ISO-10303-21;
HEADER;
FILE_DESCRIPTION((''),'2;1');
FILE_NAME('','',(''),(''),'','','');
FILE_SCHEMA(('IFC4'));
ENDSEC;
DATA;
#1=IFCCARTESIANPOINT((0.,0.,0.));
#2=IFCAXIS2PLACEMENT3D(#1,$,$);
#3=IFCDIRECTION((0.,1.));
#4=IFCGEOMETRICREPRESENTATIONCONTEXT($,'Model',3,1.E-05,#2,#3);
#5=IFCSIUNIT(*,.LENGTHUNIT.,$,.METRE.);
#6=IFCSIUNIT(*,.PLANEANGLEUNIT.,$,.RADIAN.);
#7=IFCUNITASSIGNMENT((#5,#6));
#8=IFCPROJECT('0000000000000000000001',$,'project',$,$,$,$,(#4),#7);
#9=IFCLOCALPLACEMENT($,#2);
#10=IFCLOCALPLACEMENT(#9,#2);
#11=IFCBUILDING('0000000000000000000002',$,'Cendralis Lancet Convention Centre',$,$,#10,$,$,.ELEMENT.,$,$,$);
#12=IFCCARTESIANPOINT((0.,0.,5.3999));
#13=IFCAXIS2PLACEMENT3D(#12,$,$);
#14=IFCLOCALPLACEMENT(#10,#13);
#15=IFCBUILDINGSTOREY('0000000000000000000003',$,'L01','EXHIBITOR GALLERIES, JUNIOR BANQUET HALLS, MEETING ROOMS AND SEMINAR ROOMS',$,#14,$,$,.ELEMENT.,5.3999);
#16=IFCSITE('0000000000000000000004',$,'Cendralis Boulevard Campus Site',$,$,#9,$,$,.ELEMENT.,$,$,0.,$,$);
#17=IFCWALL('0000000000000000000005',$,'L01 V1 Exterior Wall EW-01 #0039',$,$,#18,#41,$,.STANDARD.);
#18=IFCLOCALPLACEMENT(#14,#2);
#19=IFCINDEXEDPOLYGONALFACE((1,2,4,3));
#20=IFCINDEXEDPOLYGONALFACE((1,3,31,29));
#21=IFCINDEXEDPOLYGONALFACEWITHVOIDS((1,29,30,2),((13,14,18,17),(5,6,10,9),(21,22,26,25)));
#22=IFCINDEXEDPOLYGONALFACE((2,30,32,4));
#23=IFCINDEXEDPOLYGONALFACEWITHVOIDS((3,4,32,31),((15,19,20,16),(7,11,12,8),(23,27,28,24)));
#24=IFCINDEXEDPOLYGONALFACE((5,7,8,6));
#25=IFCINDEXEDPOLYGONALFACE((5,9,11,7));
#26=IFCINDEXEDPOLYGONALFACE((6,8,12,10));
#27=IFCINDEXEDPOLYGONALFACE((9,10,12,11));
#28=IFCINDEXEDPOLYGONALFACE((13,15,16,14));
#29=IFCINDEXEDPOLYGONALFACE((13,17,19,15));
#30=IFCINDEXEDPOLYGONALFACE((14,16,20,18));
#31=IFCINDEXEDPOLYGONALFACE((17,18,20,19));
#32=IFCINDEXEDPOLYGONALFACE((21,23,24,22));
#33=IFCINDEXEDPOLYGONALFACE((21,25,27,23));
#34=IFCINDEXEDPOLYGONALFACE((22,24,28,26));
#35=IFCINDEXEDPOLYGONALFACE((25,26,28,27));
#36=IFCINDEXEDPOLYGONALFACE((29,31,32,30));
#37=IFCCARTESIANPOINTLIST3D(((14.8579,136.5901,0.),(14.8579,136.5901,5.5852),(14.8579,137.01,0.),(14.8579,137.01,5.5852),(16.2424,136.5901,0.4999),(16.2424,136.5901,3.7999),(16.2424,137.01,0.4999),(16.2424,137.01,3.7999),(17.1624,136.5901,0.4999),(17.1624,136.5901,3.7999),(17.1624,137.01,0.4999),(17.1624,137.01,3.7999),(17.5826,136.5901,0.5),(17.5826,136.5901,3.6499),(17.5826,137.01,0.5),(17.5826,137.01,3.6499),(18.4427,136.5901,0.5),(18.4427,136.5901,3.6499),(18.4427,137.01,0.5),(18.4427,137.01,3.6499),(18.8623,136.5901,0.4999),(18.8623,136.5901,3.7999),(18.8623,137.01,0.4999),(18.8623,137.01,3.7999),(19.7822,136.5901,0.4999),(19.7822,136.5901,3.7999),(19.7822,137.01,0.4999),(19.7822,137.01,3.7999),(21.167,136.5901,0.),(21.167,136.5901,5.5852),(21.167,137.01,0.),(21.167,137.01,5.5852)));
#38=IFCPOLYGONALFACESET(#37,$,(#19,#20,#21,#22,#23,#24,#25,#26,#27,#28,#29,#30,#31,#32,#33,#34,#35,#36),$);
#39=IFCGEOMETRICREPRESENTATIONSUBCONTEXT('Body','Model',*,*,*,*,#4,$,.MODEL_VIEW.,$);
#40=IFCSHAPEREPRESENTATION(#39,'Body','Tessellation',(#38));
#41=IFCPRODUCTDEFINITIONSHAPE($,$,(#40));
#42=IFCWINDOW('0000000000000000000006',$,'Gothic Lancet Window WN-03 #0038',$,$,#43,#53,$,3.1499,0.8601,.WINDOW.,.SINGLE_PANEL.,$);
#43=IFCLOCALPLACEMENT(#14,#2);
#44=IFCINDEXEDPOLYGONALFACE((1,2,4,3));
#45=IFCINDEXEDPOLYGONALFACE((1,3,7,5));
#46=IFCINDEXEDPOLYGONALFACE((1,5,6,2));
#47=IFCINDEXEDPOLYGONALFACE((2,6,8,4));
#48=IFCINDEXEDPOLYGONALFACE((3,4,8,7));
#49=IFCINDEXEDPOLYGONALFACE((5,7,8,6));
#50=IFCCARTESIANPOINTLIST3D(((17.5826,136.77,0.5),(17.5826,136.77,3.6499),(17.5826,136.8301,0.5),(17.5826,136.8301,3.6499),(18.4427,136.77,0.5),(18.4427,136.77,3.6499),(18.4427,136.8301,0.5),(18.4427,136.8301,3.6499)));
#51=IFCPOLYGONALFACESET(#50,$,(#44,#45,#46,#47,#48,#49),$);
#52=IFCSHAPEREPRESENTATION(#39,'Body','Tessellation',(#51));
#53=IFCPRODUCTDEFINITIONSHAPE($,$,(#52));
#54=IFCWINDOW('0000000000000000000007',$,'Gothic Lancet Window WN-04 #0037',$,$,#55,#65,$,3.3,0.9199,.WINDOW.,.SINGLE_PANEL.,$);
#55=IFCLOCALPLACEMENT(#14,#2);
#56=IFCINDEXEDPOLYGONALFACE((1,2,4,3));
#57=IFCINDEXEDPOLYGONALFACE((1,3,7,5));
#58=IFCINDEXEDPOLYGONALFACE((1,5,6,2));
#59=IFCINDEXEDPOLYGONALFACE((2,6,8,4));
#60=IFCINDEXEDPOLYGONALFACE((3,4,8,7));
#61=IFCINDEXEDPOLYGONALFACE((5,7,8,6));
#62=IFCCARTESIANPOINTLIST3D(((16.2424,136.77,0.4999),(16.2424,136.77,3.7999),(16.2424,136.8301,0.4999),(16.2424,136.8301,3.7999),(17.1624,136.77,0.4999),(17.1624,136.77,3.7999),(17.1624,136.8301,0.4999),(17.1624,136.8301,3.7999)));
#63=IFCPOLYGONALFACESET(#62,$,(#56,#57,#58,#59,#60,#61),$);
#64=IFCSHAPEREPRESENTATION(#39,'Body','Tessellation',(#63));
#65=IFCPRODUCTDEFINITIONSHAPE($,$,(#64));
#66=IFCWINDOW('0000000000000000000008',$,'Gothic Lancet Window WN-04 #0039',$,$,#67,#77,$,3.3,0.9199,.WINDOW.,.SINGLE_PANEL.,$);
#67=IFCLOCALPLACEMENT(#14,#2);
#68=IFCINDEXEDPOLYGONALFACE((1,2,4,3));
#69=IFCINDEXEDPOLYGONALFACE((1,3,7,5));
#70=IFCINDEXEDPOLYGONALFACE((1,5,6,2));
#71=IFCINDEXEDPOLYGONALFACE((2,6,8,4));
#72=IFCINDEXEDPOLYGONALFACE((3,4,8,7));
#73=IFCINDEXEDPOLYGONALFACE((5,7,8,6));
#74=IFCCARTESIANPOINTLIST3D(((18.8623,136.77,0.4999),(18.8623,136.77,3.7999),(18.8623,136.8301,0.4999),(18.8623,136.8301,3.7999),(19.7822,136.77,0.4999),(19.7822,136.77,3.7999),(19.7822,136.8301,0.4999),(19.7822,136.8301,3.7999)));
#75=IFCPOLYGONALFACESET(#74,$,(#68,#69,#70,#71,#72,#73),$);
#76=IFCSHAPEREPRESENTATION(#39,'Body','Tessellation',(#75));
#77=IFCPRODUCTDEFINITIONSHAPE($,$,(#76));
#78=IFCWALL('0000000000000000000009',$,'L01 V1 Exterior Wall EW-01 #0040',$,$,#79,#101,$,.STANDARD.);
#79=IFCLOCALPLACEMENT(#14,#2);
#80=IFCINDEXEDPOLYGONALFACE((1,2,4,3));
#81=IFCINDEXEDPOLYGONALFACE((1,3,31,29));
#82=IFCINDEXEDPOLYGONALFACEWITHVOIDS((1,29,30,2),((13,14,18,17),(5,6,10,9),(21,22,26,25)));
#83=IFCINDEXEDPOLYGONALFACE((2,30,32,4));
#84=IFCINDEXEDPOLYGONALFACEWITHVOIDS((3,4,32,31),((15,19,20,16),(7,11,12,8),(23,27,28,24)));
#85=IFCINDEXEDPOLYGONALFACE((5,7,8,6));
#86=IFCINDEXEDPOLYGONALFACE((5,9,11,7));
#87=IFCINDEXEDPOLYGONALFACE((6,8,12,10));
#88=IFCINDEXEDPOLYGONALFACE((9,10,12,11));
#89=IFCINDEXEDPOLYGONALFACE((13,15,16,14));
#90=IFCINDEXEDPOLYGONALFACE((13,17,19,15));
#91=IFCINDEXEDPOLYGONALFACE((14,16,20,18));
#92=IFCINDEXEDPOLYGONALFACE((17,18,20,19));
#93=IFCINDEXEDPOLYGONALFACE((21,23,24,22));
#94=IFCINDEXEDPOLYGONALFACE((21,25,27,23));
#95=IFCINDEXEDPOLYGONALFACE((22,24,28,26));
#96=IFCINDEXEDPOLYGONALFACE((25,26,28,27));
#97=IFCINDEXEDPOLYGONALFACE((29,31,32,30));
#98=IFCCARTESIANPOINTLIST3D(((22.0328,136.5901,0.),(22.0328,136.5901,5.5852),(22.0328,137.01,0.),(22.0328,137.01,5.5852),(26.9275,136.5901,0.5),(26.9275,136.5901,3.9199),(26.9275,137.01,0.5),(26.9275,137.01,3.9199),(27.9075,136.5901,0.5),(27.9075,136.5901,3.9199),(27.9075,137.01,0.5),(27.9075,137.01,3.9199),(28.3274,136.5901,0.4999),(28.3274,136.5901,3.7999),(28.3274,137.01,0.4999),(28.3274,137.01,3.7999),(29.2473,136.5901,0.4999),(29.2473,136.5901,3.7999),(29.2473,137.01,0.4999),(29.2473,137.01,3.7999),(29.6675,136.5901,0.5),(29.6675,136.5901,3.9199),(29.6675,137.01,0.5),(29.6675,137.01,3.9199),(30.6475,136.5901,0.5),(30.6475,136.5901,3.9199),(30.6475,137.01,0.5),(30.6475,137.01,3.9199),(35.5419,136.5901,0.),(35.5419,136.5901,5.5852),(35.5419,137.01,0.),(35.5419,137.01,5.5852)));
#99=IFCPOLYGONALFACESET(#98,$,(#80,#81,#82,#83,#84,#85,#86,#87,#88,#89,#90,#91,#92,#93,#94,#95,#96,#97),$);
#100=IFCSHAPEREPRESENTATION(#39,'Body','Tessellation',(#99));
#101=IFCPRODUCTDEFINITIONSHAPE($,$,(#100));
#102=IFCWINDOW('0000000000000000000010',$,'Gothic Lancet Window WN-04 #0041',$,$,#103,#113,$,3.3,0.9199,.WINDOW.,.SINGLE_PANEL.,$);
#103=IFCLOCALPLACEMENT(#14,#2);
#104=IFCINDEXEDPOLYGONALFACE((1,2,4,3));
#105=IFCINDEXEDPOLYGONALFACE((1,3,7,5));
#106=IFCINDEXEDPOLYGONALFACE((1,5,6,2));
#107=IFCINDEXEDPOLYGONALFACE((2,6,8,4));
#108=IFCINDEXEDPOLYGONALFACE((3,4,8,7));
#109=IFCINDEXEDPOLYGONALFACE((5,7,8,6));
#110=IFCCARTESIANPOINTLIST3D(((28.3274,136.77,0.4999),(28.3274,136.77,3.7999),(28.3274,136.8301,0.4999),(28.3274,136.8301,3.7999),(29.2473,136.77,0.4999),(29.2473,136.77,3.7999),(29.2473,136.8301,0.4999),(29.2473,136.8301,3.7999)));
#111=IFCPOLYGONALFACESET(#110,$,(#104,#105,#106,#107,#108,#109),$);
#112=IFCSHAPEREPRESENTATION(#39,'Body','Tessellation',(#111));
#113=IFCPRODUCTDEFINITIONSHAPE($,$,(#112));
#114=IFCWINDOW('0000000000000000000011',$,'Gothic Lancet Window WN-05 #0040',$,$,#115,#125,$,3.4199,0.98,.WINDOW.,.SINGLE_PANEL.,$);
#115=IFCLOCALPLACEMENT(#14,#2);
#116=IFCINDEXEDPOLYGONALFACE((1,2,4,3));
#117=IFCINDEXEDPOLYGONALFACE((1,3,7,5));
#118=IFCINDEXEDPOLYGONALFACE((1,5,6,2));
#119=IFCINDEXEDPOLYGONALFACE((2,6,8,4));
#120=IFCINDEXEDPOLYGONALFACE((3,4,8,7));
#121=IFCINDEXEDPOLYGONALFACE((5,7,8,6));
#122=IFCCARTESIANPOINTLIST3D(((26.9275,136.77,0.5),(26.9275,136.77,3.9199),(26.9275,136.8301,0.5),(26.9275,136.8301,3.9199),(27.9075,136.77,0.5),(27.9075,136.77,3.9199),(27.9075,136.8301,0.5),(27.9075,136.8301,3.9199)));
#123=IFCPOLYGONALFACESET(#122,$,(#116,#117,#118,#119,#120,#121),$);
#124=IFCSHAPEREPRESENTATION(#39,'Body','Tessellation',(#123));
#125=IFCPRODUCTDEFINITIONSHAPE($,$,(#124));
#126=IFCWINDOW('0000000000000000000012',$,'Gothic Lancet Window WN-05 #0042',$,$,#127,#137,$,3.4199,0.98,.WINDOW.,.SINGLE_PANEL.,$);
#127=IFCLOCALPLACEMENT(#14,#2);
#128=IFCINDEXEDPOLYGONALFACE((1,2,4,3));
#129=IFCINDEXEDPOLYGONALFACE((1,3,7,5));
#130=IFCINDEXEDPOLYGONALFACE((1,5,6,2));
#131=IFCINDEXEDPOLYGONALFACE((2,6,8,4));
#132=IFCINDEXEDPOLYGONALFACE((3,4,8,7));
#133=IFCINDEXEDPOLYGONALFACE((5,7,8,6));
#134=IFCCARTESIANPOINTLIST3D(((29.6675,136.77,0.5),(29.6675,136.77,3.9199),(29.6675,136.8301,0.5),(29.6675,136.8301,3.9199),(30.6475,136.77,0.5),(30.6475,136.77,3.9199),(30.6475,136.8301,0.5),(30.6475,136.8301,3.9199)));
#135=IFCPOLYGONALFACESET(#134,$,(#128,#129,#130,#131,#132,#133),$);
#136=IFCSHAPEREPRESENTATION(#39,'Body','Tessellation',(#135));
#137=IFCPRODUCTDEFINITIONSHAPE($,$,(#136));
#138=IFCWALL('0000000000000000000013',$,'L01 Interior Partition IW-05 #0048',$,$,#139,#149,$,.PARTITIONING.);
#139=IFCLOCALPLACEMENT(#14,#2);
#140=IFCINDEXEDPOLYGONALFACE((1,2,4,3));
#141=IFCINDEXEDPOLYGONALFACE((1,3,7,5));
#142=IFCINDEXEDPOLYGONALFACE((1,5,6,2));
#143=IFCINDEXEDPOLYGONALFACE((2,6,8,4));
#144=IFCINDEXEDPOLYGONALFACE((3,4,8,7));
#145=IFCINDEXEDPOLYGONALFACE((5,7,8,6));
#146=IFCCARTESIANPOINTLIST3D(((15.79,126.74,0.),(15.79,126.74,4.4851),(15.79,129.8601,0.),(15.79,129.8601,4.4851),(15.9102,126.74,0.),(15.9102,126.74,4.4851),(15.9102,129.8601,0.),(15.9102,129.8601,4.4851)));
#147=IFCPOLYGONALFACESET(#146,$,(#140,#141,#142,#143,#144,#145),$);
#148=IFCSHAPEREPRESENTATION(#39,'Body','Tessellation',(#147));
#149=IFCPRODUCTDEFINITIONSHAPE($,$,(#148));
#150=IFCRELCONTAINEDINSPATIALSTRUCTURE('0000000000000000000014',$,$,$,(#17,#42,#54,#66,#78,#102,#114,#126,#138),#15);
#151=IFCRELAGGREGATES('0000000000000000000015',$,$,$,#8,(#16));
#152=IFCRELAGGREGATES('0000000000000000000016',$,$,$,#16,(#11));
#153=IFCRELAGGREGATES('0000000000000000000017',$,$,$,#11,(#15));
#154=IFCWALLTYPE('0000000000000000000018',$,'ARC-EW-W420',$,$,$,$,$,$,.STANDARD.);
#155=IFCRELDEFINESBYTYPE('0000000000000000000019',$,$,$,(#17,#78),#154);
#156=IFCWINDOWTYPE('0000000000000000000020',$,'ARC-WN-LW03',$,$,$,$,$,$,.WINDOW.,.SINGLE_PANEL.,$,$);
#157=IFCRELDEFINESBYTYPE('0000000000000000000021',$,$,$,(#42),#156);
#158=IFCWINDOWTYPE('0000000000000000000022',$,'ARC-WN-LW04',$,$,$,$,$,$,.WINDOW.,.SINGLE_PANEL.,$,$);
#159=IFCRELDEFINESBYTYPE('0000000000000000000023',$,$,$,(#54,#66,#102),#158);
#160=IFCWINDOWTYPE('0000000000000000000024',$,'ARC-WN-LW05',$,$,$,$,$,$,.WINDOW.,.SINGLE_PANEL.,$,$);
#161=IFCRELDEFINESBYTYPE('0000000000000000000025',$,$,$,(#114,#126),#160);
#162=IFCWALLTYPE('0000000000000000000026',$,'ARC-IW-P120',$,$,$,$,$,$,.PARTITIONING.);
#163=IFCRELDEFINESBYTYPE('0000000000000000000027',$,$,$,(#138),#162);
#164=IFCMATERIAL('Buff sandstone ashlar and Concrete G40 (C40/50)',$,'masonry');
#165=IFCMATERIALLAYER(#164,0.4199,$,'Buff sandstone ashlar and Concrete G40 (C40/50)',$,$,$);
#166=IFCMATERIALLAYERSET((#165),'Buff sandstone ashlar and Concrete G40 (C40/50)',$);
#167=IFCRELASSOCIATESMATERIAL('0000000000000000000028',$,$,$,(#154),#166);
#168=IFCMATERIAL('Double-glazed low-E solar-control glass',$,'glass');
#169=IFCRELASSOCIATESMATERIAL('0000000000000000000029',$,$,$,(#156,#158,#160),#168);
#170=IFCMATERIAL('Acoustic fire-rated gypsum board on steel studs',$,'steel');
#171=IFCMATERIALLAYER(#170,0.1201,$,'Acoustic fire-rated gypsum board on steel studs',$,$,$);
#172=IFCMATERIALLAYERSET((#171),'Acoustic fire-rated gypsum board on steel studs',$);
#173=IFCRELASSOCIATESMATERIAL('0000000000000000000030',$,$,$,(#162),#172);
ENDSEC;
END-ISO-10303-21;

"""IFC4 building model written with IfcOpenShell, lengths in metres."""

from ifc_helpers import new_model, si_unit, direction, frame, frame_2d, origin, place, context, subcontext, project, spatial, rectangle, extrude, material, layer, layer_set, type_object, element, fill, save


model = new_model("IFC4")

# Units and contexts
model_context = context("Model", 3, precision=1e-05, world=origin(), true_north=direction((0.0, 1.0)))
body_context = subcontext(model_context, "Body", "Model", "MODEL_VIEW")
ifc_project = project(units=[si_unit("LENGTHUNIT", "METRE"), si_unit("PLANEANGLEUNIT", "RADIAN")], contexts=[model_context])

# Site, building, storey
site_placement = place(None, origin())
site = spatial("IfcSite", under=ifc_project, at=site_placement, Name="Cendralis Boulevard Campus Site", CompositionType="ELEMENT", RefElevation=0.0)
building_placement = place(site_placement, origin())
building = spatial("IfcBuilding", under=site, at=building_placement, Name="Cendralis Lancet Convention Centre", CompositionType="ELEMENT")
storey_placement = place(building_placement, frame((0.0, 0.0, 5.3999)))
storey = spatial("IfcBuildingStorey", under=building, at=storey_placement, Name="L01", Description="EXHIBITOR GALLERIES, JUNIOR BANQUET HALLS, MEETING ROOMS AND SEMINAR ROOMS", CompositionType="ELEMENT", Elevation=5.3999)

# Walls, openings, windows
ifc_material_1 = material(Name="Buff sandstone ashlar and Concrete G40 (C40/50)", Category="masonry")
ifc_layer_1 = layer(ifc_material_1, 0.4199, Name="Buff sandstone ashlar and Concrete G40 (C40/50)")
ifc_layer_set_1 = layer_set([ifc_layer_1], Name="Buff sandstone ashlar and Concrete G40 (C40/50)")
wall_type_1 = type_object("IfcWallType", Name="ARC-EW-W420", PredefinedType="STANDARD", material=ifc_layer_set_1)
wall_1_placement = place(storey_placement, frame((14.8579, 136.8, 0.0), z_axis=(0.0, 0.0, 1.0), x_axis=(1.0, 0.0, 0.0)))
wall_1 = element("IfcWall", 1, at=wall_1_placement, inside=storey, type_object=wall_type_1, Name="L01 V1 Exterior Wall EW-01 #0039", PredefinedType="STANDARD", context=body_context, shape_type="SweptSolid", body=[
    extrude(rectangle(XDim=6.3091, YDim=0.4199, at=frame_2d((3.1545, 0.0))), origin(), (0.0, 0.0, 1.0), 5.5852),
])
opening_1_placement = place(wall_1_placement, frame((1.3845, 0.0, 0.5)))
opening_1 = element("IfcOpeningElement", 2, at=opening_1_placement, cuts=wall_1, PredefinedType="OPENING", context=body_context, shape_type="SweptSolid", body=[
    extrude(rectangle(XDim=0.9199, YDim=3.3, at=frame_2d((0.46, 1.6499))), frame((0.0, 0.22, 0.0), z_axis=(0.0, -1.0, 0.0), x_axis=(1.0, 0.0, 0.0)), (0.0, 0.0, 1.0), 0.4399),
])
opening_2_placement = place(wall_1_placement, frame((2.7246, 0.0, 0.5)))
opening_2 = element("IfcOpeningElement", 3, at=opening_2_placement, cuts=wall_1, PredefinedType="OPENING", context=body_context, shape_type="SweptSolid", body=[
    extrude(rectangle(XDim=0.8601, YDim=3.1499, at=frame_2d((0.4302, 1.575))), frame((0.0, 0.22, 0.0), z_axis=(0.0, -1.0, 0.0), x_axis=(1.0, 0.0, 0.0)), (0.0, 0.0, 1.0), 0.4399),
])
opening_3_placement = place(wall_1_placement, frame((4.0044, 0.0, 0.5)))
opening_3 = element("IfcOpeningElement", 4, at=opening_3_placement, cuts=wall_1, PredefinedType="OPENING", context=body_context, shape_type="SweptSolid", body=[
    extrude(rectangle(XDim=0.9199, YDim=3.3, at=frame_2d((0.46, 1.6499))), frame((0.0, 0.22, 0.0), z_axis=(0.0, -1.0, 0.0), x_axis=(1.0, 0.0, 0.0)), (0.0, 0.0, 1.0), 0.4399),
])
ifc_material_2 = material(Name="Double-glazed low-E solar-control glass", Category="glass")
window_type_1 = type_object("IfcWindowType", Name="ARC-WN-LW03", PartitioningType="SINGLE_PANEL", PredefinedType="WINDOW", material=ifc_material_2)
window_1_placement = place(opening_2_placement, origin())
window_1 = element("IfcWindow", 5, at=window_1_placement, inside=storey, type_object=window_type_1, Name="Gothic Lancet Window WN-03 #0038", OverallHeight=3.1499, OverallWidth=0.8601, PartitioningType="SINGLE_PANEL", PredefinedType="WINDOW", context=body_context, shape_type="SweptSolid", body=[
    extrude(rectangle(XDim=0.8601, YDim=3.1499, at=frame_2d((0.4302, 1.575))), frame((0.0, 0.03, 0.0), z_axis=(0.0, -1.0, 0.0), x_axis=(1.0, 0.0, 0.0)), (0.0, 0.0, 1.0), 0.0601),
])
fill(opening_2, window_1)
window_type_2 = type_object("IfcWindowType", Name="ARC-WN-LW04", PartitioningType="SINGLE_PANEL", PredefinedType="WINDOW", material=ifc_material_2)
window_2_placement = place(opening_1_placement, origin())
window_2 = element("IfcWindow", 6, at=window_2_placement, inside=storey, type_object=window_type_2, Name="Gothic Lancet Window WN-04 #0037", OverallHeight=3.3, OverallWidth=0.9199, PartitioningType="SINGLE_PANEL", PredefinedType="WINDOW", context=body_context, shape_type="SweptSolid", body=[
    extrude(rectangle(XDim=0.9199, YDim=3.3, at=frame_2d((0.46, 1.6499))), frame((0.0, 0.03, 0.0), z_axis=(0.0, -1.0, 0.0), x_axis=(1.0, 0.0, 0.0)), (0.0, 0.0, 1.0), 0.0601),
])
fill(opening_1, window_2)
window_3_placement = place(opening_3_placement, origin())
window_3 = element("IfcWindow", 7, at=window_3_placement, inside=storey, type_object=window_type_2, Name="Gothic Lancet Window WN-04 #0039", OverallHeight=3.3, OverallWidth=0.9199, PartitioningType="SINGLE_PANEL", PredefinedType="WINDOW", context=body_context, shape_type="SweptSolid", body=[
    extrude(rectangle(XDim=0.9199, YDim=3.3, at=frame_2d((0.46, 1.6499))), frame((0.0, 0.03, 0.0), z_axis=(0.0, -1.0, 0.0), x_axis=(1.0, 0.0, 0.0)), (0.0, 0.0, 1.0), 0.0601),
])
fill(opening_3, window_3)
wall_2_placement = place(storey_placement, frame((22.033, 136.8, 0.0), z_axis=(0.0, 0.0, 1.0), x_axis=(1.0, 0.0, 0.0)))
wall_2 = element("IfcWall", 8, at=wall_2_placement, inside=storey, type_object=wall_type_1, Name="L01 V1 Exterior Wall EW-01 #0040", PredefinedType="STANDARD", context=body_context, shape_type="SweptSolid", body=[
    extrude(rectangle(XDim=13.509, YDim=0.4199, at=frame_2d((6.7544, 0.0))), origin(), (0.0, 0.0, 1.0), 5.5852),
])
opening_4_placement = place(wall_2_placement, frame((4.8945, 0.0, 0.5)))
opening_4 = element("IfcOpeningElement", 9, at=opening_4_placement, cuts=wall_2, PredefinedType="OPENING", context=body_context, shape_type="SweptSolid", body=[
    extrude(rectangle(XDim=0.98, YDim=3.4199, at=frame_2d((0.49, 1.71))), frame((0.0, 0.22, 0.0), z_axis=(0.0, -1.0, 0.0), x_axis=(1.0, 0.0, 0.0)), (0.0, 0.0, 1.0), 0.4399),
])
opening_5_placement = place(wall_2_placement, frame((6.2944, 0.0, 0.5)))
opening_5 = element("IfcOpeningElement", 10, at=opening_5_placement, cuts=wall_2, PredefinedType="OPENING", context=body_context, shape_type="SweptSolid", body=[
    extrude(rectangle(XDim=0.9199, YDim=3.3, at=frame_2d((0.46, 1.6499))), frame((0.0, 0.22, 0.0), z_axis=(0.0, -1.0, 0.0), x_axis=(1.0, 0.0, 0.0)), (0.0, 0.0, 1.0), 0.4399),
])
opening_6_placement = place(wall_2_placement, frame((7.6345, 0.0, 0.5)))
opening_6 = element("IfcOpeningElement", 11, at=opening_6_placement, cuts=wall_2, PredefinedType="OPENING", context=body_context, shape_type="SweptSolid", body=[
    extrude(rectangle(XDim=0.98, YDim=3.4199, at=frame_2d((0.49, 1.71))), frame((0.0, 0.22, 0.0), z_axis=(0.0, -1.0, 0.0), x_axis=(1.0, 0.0, 0.0)), (0.0, 0.0, 1.0), 0.4399),
])
window_4_placement = place(opening_5_placement, origin())
window_4 = element("IfcWindow", 12, at=window_4_placement, inside=storey, type_object=window_type_2, Name="Gothic Lancet Window WN-04 #0041", OverallHeight=3.3, OverallWidth=0.9199, PartitioningType="SINGLE_PANEL", PredefinedType="WINDOW", context=body_context, shape_type="SweptSolid", body=[
    extrude(rectangle(XDim=0.9199, YDim=3.3, at=frame_2d((0.46, 1.6499))), frame((0.0, 0.03, 0.0), z_axis=(0.0, -1.0, 0.0), x_axis=(1.0, 0.0, 0.0)), (0.0, 0.0, 1.0), 0.0601),
])
fill(opening_5, window_4)
window_type_3 = type_object("IfcWindowType", Name="ARC-WN-LW05", PartitioningType="SINGLE_PANEL", PredefinedType="WINDOW", material=ifc_material_2)
window_5_placement = place(opening_4_placement, origin())
window_5 = element("IfcWindow", 13, at=window_5_placement, inside=storey, type_object=window_type_3, Name="Gothic Lancet Window WN-05 #0040", OverallHeight=3.4199, OverallWidth=0.98, PartitioningType="SINGLE_PANEL", PredefinedType="WINDOW", context=body_context, shape_type="SweptSolid", body=[
    extrude(rectangle(XDim=0.98, YDim=3.4199, at=frame_2d((0.49, 1.71))), frame((0.0, 0.03, 0.0), z_axis=(0.0, -1.0, 0.0), x_axis=(1.0, 0.0, 0.0)), (0.0, 0.0, 1.0), 0.0601),
])
fill(opening_4, window_5)
window_6_placement = place(opening_6_placement, origin())
window_6 = element("IfcWindow", 14, at=window_6_placement, inside=storey, type_object=window_type_3, Name="Gothic Lancet Window WN-05 #0042", OverallHeight=3.4199, OverallWidth=0.98, PartitioningType="SINGLE_PANEL", PredefinedType="WINDOW", context=body_context, shape_type="SweptSolid", body=[
    extrude(rectangle(XDim=0.98, YDim=3.4199, at=frame_2d((0.49, 1.71))), frame((0.0, 0.03, 0.0), z_axis=(0.0, -1.0, 0.0), x_axis=(1.0, 0.0, 0.0)), (0.0, 0.0, 1.0), 0.0601),
])
fill(opening_6, window_6)

# Wall
ifc_material_3 = material(Name="Acoustic fire-rated gypsum board on steel studs", Category="steel")
ifc_layer_2 = layer(ifc_material_3, 0.1201, Name="Acoustic fire-rated gypsum board on steel studs")
ifc_layer_set_2 = layer_set([ifc_layer_2], Name="Acoustic fire-rated gypsum board on steel studs")
wall_type_2 = type_object("IfcWallType", Name="ARC-IW-P120", PredefinedType="PARTITIONING", material=ifc_layer_set_2)
wall_3_placement = place(storey_placement, frame((15.8501, 126.74, 0.0), z_axis=(0.0, 0.0, 1.0), x_axis=(0.0, 1.0, 0.0)))
element("IfcWall", 15, at=wall_3_placement, inside=storey, type_object=wall_type_2, Name="L01 Interior Partition IW-05 #0048", PredefinedType="PARTITIONING", context=body_context, shape_type="SweptSolid", body=[
    extrude(rectangle(XDim=3.1201, YDim=0.1201, at=frame_2d((1.5601, 0.0))), origin(), (0.0, 0.0, 1.0), 4.4851),
])

save(model, "model.ifc")
